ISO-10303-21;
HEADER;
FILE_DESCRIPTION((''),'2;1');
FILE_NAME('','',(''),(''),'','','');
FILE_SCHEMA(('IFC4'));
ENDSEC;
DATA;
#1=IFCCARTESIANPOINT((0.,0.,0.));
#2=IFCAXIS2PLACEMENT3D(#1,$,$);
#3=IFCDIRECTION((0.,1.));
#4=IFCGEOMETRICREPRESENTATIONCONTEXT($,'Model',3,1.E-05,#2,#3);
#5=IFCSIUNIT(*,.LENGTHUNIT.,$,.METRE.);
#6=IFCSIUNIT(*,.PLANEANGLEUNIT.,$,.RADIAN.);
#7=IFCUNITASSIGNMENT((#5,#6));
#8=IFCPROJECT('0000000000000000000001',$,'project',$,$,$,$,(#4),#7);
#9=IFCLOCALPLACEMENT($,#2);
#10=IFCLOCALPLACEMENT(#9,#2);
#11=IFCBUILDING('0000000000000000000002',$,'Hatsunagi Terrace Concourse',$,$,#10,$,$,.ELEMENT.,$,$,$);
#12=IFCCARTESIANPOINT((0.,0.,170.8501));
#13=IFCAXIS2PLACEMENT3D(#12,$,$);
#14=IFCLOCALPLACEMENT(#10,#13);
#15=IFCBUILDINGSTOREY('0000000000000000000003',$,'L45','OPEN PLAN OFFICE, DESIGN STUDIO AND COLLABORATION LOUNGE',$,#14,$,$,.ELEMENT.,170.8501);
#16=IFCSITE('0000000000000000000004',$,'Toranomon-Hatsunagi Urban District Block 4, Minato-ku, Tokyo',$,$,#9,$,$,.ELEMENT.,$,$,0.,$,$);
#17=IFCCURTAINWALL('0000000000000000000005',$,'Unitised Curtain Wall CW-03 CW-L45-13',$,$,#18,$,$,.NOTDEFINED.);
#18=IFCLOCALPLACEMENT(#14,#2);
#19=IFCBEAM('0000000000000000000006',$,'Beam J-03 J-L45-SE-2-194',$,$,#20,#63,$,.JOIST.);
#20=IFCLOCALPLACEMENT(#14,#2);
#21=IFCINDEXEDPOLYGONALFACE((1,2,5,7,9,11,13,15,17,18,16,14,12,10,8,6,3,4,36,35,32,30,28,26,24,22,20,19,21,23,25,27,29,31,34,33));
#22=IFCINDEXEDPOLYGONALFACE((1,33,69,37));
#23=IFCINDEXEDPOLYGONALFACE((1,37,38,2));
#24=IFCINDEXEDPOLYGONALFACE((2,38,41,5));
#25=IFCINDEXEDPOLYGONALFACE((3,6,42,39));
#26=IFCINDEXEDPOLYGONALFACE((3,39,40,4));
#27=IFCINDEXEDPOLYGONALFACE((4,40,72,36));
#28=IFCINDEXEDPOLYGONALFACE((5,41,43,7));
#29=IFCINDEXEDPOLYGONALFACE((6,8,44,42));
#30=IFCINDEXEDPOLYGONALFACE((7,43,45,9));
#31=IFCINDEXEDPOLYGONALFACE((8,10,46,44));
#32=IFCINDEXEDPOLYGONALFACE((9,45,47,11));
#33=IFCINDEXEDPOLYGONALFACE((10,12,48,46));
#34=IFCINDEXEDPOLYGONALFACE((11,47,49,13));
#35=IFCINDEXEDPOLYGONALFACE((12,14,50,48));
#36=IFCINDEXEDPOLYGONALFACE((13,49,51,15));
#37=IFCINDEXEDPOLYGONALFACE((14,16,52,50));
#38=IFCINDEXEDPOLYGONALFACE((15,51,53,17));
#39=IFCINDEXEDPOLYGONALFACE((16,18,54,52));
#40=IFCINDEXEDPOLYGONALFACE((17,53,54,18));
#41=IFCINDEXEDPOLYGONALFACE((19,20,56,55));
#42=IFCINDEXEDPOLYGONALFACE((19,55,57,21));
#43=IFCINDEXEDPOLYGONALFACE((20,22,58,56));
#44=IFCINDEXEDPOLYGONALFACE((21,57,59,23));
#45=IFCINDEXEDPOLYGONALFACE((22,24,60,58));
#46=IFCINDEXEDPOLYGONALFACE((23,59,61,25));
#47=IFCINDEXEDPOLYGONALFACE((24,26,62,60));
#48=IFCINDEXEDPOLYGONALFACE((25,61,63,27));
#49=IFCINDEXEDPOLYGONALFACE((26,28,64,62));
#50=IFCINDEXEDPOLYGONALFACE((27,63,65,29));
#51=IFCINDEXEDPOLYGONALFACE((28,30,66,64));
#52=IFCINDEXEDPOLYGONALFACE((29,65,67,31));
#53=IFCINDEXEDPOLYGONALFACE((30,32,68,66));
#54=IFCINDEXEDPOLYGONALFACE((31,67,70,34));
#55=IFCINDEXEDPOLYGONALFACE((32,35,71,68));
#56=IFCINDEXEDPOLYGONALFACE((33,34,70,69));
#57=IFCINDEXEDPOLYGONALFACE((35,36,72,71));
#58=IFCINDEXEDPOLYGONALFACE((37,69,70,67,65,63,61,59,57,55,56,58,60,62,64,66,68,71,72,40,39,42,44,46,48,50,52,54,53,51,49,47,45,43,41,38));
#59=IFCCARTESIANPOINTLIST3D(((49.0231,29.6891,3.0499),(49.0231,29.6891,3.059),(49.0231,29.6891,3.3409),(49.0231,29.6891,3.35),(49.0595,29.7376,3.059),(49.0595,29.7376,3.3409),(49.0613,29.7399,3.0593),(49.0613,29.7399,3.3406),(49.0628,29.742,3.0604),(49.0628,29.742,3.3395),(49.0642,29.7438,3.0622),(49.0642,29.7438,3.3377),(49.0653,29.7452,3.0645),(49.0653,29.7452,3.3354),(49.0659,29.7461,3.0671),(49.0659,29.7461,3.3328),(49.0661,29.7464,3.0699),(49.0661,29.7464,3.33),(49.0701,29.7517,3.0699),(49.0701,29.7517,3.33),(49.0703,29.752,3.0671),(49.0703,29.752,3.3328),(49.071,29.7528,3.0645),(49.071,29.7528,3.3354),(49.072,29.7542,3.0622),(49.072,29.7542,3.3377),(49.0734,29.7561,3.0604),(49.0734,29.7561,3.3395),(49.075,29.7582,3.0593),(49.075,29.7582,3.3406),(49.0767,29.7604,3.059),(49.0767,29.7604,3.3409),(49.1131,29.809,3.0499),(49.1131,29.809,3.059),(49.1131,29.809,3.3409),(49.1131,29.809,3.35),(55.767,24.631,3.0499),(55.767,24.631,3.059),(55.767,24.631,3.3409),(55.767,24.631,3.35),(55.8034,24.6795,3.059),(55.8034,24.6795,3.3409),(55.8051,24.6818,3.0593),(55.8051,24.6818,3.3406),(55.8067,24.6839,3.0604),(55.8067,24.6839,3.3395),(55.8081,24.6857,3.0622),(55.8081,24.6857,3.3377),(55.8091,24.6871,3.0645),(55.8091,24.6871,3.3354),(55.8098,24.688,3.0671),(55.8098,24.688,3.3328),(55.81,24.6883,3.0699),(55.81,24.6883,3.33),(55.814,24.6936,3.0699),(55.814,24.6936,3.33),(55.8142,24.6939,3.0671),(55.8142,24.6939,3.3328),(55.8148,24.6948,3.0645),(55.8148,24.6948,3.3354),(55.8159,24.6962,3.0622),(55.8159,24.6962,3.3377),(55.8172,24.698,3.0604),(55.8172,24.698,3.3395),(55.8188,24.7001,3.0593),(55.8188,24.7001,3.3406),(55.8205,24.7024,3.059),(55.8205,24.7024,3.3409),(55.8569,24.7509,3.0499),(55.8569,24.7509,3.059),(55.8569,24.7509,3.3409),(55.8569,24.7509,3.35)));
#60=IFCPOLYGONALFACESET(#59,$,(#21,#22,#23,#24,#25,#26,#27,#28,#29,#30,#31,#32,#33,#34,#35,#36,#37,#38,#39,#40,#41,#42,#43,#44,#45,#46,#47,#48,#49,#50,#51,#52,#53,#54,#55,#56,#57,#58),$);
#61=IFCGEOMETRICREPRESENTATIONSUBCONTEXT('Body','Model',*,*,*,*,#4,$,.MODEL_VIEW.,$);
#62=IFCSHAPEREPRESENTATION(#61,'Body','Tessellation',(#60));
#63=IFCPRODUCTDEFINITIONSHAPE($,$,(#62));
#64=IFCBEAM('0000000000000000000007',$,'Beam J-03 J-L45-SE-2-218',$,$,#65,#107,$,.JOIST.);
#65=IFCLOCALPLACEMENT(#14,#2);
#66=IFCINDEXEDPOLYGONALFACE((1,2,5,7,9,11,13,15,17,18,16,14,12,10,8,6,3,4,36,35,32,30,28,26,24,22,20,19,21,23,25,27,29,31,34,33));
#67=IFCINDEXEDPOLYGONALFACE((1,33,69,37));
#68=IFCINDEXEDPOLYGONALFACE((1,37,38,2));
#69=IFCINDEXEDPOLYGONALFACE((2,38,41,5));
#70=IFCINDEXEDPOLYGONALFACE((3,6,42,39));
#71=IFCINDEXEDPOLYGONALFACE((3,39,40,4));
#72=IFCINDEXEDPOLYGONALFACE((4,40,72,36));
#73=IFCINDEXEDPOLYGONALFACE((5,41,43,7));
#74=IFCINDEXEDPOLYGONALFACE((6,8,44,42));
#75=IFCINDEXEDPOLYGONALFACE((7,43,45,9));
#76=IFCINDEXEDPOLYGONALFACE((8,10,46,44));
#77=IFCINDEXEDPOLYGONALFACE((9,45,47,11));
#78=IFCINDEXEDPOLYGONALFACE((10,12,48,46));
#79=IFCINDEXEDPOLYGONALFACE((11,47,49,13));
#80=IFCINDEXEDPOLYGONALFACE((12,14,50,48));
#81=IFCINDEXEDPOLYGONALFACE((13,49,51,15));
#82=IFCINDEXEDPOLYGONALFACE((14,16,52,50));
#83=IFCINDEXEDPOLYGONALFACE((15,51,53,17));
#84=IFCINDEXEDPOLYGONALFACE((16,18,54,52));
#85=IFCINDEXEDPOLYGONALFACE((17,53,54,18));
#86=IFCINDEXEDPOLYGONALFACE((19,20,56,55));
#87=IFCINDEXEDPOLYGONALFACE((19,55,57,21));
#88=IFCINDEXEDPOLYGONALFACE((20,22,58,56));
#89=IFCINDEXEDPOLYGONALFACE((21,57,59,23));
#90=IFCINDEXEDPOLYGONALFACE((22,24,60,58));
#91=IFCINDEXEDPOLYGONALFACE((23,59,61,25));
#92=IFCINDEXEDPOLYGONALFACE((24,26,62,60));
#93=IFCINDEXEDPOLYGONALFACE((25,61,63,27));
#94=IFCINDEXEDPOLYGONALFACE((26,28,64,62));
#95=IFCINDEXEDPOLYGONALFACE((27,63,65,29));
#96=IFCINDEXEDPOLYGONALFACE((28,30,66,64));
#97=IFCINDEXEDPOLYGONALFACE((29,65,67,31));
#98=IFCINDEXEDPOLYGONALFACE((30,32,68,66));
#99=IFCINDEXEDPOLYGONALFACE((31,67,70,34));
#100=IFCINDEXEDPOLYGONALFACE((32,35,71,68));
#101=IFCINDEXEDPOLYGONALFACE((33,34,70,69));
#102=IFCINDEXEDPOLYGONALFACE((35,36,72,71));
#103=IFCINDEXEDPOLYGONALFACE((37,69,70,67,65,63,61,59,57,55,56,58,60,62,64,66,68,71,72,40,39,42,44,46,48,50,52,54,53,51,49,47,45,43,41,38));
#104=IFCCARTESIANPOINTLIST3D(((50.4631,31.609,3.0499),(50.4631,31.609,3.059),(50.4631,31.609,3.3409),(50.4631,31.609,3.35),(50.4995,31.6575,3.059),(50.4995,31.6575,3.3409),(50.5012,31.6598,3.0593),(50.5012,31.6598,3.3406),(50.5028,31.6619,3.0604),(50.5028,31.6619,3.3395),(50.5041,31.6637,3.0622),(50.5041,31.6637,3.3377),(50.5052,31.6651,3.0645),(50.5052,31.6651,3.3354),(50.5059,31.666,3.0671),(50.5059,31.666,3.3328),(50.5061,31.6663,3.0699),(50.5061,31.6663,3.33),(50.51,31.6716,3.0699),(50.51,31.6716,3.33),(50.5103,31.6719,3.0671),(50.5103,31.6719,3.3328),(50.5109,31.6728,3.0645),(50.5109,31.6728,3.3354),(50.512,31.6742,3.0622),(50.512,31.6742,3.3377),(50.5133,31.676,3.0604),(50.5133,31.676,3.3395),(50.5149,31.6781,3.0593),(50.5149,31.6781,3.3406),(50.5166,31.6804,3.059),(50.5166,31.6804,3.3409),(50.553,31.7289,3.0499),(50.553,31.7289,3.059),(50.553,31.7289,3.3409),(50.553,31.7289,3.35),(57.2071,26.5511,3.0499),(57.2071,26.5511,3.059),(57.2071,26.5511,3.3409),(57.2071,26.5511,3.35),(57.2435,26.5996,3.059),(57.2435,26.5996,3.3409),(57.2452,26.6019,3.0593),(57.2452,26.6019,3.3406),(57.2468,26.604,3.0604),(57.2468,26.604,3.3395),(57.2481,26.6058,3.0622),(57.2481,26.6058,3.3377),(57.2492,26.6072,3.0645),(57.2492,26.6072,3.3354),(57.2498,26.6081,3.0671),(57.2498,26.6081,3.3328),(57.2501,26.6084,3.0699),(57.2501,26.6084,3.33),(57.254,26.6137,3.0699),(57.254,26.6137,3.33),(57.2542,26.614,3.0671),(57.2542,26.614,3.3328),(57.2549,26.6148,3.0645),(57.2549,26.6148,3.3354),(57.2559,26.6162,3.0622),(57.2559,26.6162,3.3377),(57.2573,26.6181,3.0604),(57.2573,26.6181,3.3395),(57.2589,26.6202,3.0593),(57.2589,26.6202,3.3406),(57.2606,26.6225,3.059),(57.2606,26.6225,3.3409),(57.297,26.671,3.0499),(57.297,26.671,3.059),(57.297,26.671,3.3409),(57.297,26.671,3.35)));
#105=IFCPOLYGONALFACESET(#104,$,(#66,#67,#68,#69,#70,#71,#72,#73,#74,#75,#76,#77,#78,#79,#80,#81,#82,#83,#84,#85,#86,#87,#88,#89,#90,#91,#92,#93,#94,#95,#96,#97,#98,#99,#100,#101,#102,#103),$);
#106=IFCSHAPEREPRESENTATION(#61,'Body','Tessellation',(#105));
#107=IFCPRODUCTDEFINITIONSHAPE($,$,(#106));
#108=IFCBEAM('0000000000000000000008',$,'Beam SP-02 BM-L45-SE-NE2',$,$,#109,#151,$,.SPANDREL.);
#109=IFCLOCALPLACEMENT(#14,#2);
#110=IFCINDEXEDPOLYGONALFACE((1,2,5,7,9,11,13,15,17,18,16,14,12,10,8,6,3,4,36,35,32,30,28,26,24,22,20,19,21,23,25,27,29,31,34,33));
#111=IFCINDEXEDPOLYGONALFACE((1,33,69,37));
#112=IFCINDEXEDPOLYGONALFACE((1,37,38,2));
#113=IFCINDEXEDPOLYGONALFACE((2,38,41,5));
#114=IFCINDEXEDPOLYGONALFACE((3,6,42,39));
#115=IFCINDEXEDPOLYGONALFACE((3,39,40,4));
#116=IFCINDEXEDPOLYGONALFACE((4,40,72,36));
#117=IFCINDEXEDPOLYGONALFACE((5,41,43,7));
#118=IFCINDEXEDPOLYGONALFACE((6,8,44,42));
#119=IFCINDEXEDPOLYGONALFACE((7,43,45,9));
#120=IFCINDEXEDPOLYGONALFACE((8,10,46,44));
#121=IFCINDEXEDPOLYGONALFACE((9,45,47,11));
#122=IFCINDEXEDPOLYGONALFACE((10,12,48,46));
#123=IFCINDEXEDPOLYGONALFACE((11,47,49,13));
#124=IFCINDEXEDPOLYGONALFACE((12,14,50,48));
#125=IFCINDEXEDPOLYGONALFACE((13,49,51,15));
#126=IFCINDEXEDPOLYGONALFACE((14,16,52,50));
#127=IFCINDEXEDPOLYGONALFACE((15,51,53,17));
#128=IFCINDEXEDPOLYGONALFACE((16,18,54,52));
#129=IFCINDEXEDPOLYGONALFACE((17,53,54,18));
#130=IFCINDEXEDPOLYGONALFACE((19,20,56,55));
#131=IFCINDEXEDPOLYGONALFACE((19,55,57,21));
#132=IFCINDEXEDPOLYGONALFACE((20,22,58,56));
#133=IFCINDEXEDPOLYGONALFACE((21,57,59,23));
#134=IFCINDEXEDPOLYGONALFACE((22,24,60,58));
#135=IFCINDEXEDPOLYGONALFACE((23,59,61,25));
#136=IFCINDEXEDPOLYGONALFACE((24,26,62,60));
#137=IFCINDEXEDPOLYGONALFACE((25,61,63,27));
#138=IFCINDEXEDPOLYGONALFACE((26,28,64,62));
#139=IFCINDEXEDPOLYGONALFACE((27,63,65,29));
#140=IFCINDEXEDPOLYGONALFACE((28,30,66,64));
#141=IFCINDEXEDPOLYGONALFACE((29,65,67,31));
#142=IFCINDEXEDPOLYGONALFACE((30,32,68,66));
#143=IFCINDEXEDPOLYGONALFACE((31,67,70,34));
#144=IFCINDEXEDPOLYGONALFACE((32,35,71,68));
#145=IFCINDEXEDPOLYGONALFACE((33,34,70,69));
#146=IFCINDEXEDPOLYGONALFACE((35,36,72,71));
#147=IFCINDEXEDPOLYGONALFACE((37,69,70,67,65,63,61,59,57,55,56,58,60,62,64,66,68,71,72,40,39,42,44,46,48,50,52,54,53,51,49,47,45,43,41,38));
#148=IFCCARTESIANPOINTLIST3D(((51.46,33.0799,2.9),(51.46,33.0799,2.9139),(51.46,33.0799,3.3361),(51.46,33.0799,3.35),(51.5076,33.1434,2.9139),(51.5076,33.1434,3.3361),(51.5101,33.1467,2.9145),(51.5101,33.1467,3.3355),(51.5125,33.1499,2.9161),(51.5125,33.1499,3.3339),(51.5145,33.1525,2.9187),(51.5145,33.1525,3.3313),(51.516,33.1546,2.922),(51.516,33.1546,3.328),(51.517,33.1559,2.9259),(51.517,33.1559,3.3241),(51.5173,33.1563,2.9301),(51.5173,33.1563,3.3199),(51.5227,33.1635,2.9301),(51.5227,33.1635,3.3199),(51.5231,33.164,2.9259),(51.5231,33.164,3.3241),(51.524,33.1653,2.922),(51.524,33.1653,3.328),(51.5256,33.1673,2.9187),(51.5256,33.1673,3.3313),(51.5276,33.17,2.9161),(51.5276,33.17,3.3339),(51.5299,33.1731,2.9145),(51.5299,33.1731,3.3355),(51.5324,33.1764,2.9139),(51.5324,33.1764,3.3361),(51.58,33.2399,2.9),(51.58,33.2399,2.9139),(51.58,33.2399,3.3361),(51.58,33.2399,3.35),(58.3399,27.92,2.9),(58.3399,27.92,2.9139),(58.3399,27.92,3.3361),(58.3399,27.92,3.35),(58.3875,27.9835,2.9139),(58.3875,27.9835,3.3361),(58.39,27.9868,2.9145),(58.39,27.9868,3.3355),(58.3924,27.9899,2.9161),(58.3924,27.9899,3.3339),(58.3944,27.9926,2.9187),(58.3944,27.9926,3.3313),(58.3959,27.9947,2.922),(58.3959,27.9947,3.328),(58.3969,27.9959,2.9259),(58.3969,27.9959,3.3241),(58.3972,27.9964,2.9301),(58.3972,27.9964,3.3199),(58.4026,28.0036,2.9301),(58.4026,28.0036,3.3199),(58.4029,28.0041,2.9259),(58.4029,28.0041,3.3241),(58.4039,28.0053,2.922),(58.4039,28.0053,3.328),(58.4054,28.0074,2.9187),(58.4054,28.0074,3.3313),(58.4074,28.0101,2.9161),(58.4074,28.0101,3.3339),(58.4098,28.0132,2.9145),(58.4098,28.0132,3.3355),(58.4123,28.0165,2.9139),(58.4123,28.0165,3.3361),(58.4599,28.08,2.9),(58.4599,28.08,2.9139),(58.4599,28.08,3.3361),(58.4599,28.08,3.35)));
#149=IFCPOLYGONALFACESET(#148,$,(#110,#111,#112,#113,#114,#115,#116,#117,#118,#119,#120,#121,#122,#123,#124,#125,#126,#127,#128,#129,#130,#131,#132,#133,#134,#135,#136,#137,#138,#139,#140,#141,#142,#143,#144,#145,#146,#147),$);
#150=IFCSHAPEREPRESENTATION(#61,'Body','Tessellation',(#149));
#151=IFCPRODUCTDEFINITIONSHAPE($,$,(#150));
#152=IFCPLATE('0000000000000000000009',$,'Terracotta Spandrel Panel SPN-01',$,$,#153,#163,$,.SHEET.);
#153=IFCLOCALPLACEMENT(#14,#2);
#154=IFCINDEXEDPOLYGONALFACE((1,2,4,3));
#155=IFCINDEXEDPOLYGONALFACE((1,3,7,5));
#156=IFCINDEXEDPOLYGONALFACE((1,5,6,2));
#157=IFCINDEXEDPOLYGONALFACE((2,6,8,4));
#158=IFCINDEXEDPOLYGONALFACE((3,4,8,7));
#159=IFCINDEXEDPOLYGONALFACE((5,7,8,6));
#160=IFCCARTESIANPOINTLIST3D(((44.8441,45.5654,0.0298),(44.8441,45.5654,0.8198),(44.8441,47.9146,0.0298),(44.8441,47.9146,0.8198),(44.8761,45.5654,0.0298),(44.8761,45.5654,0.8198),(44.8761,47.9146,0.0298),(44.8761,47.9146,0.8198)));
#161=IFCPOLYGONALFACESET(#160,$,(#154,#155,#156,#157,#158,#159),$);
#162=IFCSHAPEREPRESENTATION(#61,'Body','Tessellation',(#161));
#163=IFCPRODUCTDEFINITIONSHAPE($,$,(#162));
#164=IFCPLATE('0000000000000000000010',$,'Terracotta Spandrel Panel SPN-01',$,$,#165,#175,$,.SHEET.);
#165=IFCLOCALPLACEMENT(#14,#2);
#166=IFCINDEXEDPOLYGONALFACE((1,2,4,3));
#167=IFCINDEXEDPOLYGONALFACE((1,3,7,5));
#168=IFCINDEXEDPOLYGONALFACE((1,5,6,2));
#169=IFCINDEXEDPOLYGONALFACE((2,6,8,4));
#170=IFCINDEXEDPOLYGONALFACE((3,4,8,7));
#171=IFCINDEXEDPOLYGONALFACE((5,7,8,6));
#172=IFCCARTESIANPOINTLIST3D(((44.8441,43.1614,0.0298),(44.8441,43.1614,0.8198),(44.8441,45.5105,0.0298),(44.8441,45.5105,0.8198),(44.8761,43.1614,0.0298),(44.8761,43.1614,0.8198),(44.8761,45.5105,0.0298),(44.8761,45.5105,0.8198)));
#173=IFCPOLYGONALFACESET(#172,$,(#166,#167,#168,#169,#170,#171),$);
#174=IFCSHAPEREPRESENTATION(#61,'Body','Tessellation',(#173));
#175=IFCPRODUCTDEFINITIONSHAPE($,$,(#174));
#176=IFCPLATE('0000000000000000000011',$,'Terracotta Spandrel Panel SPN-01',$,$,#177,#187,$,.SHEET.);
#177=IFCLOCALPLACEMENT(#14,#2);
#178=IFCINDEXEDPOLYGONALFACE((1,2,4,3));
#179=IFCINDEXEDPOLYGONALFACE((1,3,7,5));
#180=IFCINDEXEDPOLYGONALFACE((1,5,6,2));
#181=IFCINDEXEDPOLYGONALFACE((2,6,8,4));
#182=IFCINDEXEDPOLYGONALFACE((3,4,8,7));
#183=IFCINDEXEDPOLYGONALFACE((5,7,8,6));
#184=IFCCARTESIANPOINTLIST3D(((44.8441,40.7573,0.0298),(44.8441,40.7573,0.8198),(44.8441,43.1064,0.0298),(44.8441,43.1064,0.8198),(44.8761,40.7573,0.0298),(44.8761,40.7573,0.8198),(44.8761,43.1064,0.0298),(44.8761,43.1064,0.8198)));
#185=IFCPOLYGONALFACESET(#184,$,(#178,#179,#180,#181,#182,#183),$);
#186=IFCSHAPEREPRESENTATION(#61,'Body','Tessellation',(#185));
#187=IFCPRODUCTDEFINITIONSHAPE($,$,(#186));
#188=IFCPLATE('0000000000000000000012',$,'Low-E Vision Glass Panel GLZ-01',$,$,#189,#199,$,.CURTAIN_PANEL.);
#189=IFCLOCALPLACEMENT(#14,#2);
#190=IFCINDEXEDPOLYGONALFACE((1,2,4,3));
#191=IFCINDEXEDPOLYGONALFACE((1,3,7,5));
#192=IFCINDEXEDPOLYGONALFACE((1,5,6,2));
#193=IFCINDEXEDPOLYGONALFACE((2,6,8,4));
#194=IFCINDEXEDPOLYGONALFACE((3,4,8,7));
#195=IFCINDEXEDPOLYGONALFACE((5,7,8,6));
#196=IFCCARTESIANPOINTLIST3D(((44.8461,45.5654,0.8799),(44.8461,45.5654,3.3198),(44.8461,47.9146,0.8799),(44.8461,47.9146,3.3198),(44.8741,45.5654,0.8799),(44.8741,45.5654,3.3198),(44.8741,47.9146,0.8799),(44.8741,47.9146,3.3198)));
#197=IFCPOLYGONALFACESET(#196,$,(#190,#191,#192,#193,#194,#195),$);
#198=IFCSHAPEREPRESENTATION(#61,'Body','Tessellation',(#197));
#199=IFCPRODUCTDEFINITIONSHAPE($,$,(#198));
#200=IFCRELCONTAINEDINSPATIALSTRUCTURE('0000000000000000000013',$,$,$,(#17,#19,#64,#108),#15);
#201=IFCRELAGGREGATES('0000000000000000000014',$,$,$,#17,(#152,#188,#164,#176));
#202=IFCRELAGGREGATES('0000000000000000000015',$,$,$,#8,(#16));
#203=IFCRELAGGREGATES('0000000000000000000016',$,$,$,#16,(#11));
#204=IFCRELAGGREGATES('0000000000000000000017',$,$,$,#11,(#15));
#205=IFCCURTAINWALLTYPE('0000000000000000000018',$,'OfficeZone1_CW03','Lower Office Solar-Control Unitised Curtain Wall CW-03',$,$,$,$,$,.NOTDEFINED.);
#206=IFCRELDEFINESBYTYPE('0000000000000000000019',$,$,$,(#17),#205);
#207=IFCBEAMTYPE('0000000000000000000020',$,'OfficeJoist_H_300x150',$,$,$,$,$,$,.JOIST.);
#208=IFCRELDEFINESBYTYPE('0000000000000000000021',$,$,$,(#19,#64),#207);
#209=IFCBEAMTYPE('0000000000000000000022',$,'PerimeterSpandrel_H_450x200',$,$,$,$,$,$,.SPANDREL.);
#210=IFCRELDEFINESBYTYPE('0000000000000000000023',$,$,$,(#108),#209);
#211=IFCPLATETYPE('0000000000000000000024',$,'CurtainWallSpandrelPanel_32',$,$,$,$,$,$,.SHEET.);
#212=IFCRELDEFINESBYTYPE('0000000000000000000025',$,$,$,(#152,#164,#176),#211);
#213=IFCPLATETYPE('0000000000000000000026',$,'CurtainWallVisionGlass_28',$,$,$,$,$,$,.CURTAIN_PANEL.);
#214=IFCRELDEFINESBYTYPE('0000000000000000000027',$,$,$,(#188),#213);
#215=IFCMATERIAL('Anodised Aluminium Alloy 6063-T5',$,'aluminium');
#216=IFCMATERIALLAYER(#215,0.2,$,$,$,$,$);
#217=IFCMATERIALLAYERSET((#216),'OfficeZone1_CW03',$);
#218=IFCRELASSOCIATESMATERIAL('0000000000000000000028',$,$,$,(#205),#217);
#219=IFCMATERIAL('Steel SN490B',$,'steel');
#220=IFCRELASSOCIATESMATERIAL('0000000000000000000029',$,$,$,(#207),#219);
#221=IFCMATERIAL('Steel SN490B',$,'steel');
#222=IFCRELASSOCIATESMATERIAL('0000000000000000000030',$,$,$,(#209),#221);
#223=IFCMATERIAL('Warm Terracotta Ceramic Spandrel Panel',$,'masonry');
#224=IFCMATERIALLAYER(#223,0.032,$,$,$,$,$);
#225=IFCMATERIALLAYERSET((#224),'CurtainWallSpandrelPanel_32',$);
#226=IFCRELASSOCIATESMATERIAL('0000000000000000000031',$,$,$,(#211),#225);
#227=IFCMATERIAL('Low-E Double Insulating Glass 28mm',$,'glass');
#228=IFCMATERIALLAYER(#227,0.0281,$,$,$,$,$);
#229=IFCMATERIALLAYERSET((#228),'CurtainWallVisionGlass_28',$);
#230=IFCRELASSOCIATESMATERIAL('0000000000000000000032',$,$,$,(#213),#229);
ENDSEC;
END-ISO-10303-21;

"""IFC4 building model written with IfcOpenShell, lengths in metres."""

from ifc_helpers import new_model, si_unit, direction, frame, origin, origin_2d, place, context, subcontext, project, spatial, rectangle, i_section, extrude, material, layer, layer_set, material_profile, profile_set, type_object, element, aggregate, save


model = new_model("IFC4")

# Units and contexts
model_context = context("Model", 3, precision=1e-05, world=origin(), true_north=direction((0.0, 1.0)))
body_context = subcontext(model_context, "Body", "Model", "MODEL_VIEW")
ifc_project = project(units=[si_unit("LENGTHUNIT", "METRE"), si_unit("PLANEANGLEUNIT", "RADIAN")], contexts=[model_context])

# Site, building, storey
site_placement = place(None, origin())
site = spatial("IfcSite", under=ifc_project, at=site_placement, Name="Toranomon-Hatsunagi Urban District Block 4, Minato-ku, Tokyo", CompositionType="ELEMENT", RefElevation=0.0)
building_placement = place(site_placement, origin())
building = spatial("IfcBuilding", under=site, at=building_placement, Name="Hatsunagi Terrace Concourse", CompositionType="ELEMENT")
storey_placement = place(building_placement, frame((0.0, 0.0, 170.8501)))
storey = spatial("IfcBuildingStorey", under=building, at=storey_placement, Name="L45", Description="OPEN PLAN OFFICE, DESIGN STUDIO AND COLLABORATION LOUNGE", CompositionType="ELEMENT", Elevation=170.8501)

# Curtain wall
ifc_material_1 = material(Name="Anodised Aluminium Alloy 6063-T5", Category="aluminium")
ifc_layer_1 = layer(ifc_material_1, 0.2)
ifc_layer_set_1 = layer_set([ifc_layer_1], Name="OfficeZone1_CW03")
curtain_wall_type = type_object("IfcCurtainWallType", Name="OfficeZone1_CW03", Description="Lower Office Solar-Control Unitised Curtain Wall CW-03", PredefinedType="NOTDEFINED", material=ifc_layer_set_1)
curtain_wall_placement = place(storey_placement, origin())
curtain_wall = element("IfcCurtainWall", 1, at=curtain_wall_placement, inside=storey, type_object=curtain_wall_type, Name="Unitised Curtain Wall CW-03 CW-L45-13", PredefinedType="NOTDEFINED")

# Beams
ifc_material_2 = material(Name="Steel SN490B", Category="steel")
ifc_material_profile_1 = material_profile(ifc_material_2, i_section(OverallWidth=0.1499, OverallDepth=0.3, WebThickness=0.0066, FlangeThickness=0.009, FilletRadius=0.011, at=origin_2d()), Name="H-300x150x6.5x9")
ifc_profile_set_1 = profile_set([ifc_material_profile_1], Name="Steel SN490B")
beam_type_1 = type_object("IfcBeamType", Name="OfficeJoist_H_300x150", PredefinedType="JOIST", material=ifc_profile_set_1)
for number, where, z_axis, x_axis, name in (
    (2, (49.0681, 29.749, 3.2), (0.79999, -0.600014, 0.0), (0.600014, 0.79999, 0.0), "Beam J-03 J-L45-SE-2-194"),
    (3, (50.5081, 31.6689, 3.2), (0.800003, -0.599995, 0.0), (0.599995, 0.800003, 0.0), "Beam J-03 J-L45-SE-2-218"),
):
    element("IfcBeam", number, at=place(storey_placement, frame(where, z_axis=z_axis, x_axis=x_axis)), inside=storey, type_object=beam_type_1, Name=name, PredefinedType="JOIST", context=body_context, shape_type="SweptSolid", body=[
        extrude(i_section(OverallWidth=0.1499, OverallDepth=0.3, WebThickness=0.0066, FlangeThickness=0.009, FilletRadius=0.011, at=origin_2d()), origin(), (0.0, 0.0, 1.0), 8.4299),
    ])
ifc_material_3 = material(Name="Steel SN490B", Category="steel")
ifc_material_profile_2 = material_profile(ifc_material_3, i_section(OverallWidth=0.2, OverallDepth=0.45, WebThickness=0.009, FlangeThickness=0.0139, FilletRadius=0.0161, at=origin_2d()), Name="H-450x200x9x14")
ifc_profile_set_2 = profile_set([ifc_material_profile_2], Name="Steel SN490B")
beam_type_2 = type_object("IfcBeamType", Name="PerimeterSpandrel_H_450x200", PredefinedType="SPANDREL", material=ifc_profile_set_2)
beam_placement = place(storey_placement, frame((51.52, 33.1599, 3.125), z_axis=(0.8, -0.6, 0.0), x_axis=(0.6, 0.8, 0.0)))
element("IfcBeam", 4, at=beam_placement, inside=storey, type_object=beam_type_2, Name="Beam SP-02 BM-L45-SE-NE2", PredefinedType="SPANDREL", context=body_context, shape_type="SweptSolid", body=[
    extrude(i_section(OverallWidth=0.2, OverallDepth=0.45, WebThickness=0.009, FlangeThickness=0.0139, FilletRadius=0.0161, at=origin_2d()), origin(), (0.0, 0.0, 1.0), 8.5999),
])

# Plates
ifc_material_4 = material(Name="Warm Terracotta Ceramic Spandrel Panel", Category="masonry")
ifc_layer_2 = layer(ifc_material_4, 0.032)
ifc_layer_set_2 = layer_set([ifc_layer_2], Name="CurtainWallSpandrelPanel_32")
plate_type_1 = type_object("IfcPlateType", Name="CurtainWallSpandrelPanel_32", PredefinedType="SHEET", material=ifc_layer_set_2)
plate_1_placement = place(storey_placement, frame((44.8601, 46.74, 0.0298), z_axis=(0.0, 0.0, 1.0), x_axis=(0.0, -1.0, 0.0)))
plate_1 = element("IfcPlate", 5, at=plate_1_placement, type_object=plate_type_1, Name="Terracotta Spandrel Panel SPN-01", PredefinedType="SHEET", context=body_context, shape_type="SweptSolid", body=[
    extrude(rectangle(XDim=2.3491, YDim=0.032, at=origin_2d()), origin(), (0.0, 0.0, 1.0), 0.79),
])
plate_2_placement = place(storey_placement, frame((44.8601, 44.3359, 0.0298), z_axis=(0.0, 0.0, 1.0), x_axis=(0.0, -1.0, 0.0)))
plate_2 = element("IfcPlate", 6, at=plate_2_placement, type_object=plate_type_1, Name="Terracotta Spandrel Panel SPN-01", PredefinedType="SHEET", context=body_context, shape_type="SweptSolid", body=[
    extrude(rectangle(XDim=2.3491, YDim=0.032, at=origin_2d()), origin(), (0.0, 0.0, 1.0), 0.79),
])
plate_3_placement = place(storey_placement, frame((44.8601, 41.9319, 0.0298), z_axis=(0.0, 0.0, 1.0), x_axis=(0.0, -1.0, 0.0)))
plate_3 = element("IfcPlate", 7, at=plate_3_placement, type_object=plate_type_1, Name="Terracotta Spandrel Panel SPN-01", PredefinedType="SHEET", context=body_context, shape_type="SweptSolid", body=[
    extrude(rectangle(XDim=2.3491, YDim=0.032, at=origin_2d()), origin(), (0.0, 0.0, 1.0), 0.79),
])
ifc_material_5 = material(Name="Low-E Double Insulating Glass 28mm", Category="glass")
ifc_layer_3 = layer(ifc_material_5, 0.0281)
ifc_layer_set_3 = layer_set([ifc_layer_3], Name="CurtainWallVisionGlass_28")
plate_type_2 = type_object("IfcPlateType", Name="CurtainWallVisionGlass_28", PredefinedType="CURTAIN_PANEL", material=ifc_layer_set_3)
plate_4_placement = place(storey_placement, frame((44.8601, 46.74, 0.8799), z_axis=(0.0, 0.0, 1.0), x_axis=(0.0, -1.0, 0.0)))
plate_4 = element("IfcPlate", 8, at=plate_4_placement, type_object=plate_type_2, Name="Low-E Vision Glass Panel GLZ-01", PredefinedType="CURTAIN_PANEL", context=body_context, shape_type="SweptSolid", body=[
    extrude(rectangle(XDim=2.3491, YDim=0.0281, at=origin_2d()), origin(), (0.0, 0.0, 1.0), 2.4399),
])
aggregate(curtain_wall, [plate_1, plate_4, plate_2, plate_3])

save(model, "model.ifc")
